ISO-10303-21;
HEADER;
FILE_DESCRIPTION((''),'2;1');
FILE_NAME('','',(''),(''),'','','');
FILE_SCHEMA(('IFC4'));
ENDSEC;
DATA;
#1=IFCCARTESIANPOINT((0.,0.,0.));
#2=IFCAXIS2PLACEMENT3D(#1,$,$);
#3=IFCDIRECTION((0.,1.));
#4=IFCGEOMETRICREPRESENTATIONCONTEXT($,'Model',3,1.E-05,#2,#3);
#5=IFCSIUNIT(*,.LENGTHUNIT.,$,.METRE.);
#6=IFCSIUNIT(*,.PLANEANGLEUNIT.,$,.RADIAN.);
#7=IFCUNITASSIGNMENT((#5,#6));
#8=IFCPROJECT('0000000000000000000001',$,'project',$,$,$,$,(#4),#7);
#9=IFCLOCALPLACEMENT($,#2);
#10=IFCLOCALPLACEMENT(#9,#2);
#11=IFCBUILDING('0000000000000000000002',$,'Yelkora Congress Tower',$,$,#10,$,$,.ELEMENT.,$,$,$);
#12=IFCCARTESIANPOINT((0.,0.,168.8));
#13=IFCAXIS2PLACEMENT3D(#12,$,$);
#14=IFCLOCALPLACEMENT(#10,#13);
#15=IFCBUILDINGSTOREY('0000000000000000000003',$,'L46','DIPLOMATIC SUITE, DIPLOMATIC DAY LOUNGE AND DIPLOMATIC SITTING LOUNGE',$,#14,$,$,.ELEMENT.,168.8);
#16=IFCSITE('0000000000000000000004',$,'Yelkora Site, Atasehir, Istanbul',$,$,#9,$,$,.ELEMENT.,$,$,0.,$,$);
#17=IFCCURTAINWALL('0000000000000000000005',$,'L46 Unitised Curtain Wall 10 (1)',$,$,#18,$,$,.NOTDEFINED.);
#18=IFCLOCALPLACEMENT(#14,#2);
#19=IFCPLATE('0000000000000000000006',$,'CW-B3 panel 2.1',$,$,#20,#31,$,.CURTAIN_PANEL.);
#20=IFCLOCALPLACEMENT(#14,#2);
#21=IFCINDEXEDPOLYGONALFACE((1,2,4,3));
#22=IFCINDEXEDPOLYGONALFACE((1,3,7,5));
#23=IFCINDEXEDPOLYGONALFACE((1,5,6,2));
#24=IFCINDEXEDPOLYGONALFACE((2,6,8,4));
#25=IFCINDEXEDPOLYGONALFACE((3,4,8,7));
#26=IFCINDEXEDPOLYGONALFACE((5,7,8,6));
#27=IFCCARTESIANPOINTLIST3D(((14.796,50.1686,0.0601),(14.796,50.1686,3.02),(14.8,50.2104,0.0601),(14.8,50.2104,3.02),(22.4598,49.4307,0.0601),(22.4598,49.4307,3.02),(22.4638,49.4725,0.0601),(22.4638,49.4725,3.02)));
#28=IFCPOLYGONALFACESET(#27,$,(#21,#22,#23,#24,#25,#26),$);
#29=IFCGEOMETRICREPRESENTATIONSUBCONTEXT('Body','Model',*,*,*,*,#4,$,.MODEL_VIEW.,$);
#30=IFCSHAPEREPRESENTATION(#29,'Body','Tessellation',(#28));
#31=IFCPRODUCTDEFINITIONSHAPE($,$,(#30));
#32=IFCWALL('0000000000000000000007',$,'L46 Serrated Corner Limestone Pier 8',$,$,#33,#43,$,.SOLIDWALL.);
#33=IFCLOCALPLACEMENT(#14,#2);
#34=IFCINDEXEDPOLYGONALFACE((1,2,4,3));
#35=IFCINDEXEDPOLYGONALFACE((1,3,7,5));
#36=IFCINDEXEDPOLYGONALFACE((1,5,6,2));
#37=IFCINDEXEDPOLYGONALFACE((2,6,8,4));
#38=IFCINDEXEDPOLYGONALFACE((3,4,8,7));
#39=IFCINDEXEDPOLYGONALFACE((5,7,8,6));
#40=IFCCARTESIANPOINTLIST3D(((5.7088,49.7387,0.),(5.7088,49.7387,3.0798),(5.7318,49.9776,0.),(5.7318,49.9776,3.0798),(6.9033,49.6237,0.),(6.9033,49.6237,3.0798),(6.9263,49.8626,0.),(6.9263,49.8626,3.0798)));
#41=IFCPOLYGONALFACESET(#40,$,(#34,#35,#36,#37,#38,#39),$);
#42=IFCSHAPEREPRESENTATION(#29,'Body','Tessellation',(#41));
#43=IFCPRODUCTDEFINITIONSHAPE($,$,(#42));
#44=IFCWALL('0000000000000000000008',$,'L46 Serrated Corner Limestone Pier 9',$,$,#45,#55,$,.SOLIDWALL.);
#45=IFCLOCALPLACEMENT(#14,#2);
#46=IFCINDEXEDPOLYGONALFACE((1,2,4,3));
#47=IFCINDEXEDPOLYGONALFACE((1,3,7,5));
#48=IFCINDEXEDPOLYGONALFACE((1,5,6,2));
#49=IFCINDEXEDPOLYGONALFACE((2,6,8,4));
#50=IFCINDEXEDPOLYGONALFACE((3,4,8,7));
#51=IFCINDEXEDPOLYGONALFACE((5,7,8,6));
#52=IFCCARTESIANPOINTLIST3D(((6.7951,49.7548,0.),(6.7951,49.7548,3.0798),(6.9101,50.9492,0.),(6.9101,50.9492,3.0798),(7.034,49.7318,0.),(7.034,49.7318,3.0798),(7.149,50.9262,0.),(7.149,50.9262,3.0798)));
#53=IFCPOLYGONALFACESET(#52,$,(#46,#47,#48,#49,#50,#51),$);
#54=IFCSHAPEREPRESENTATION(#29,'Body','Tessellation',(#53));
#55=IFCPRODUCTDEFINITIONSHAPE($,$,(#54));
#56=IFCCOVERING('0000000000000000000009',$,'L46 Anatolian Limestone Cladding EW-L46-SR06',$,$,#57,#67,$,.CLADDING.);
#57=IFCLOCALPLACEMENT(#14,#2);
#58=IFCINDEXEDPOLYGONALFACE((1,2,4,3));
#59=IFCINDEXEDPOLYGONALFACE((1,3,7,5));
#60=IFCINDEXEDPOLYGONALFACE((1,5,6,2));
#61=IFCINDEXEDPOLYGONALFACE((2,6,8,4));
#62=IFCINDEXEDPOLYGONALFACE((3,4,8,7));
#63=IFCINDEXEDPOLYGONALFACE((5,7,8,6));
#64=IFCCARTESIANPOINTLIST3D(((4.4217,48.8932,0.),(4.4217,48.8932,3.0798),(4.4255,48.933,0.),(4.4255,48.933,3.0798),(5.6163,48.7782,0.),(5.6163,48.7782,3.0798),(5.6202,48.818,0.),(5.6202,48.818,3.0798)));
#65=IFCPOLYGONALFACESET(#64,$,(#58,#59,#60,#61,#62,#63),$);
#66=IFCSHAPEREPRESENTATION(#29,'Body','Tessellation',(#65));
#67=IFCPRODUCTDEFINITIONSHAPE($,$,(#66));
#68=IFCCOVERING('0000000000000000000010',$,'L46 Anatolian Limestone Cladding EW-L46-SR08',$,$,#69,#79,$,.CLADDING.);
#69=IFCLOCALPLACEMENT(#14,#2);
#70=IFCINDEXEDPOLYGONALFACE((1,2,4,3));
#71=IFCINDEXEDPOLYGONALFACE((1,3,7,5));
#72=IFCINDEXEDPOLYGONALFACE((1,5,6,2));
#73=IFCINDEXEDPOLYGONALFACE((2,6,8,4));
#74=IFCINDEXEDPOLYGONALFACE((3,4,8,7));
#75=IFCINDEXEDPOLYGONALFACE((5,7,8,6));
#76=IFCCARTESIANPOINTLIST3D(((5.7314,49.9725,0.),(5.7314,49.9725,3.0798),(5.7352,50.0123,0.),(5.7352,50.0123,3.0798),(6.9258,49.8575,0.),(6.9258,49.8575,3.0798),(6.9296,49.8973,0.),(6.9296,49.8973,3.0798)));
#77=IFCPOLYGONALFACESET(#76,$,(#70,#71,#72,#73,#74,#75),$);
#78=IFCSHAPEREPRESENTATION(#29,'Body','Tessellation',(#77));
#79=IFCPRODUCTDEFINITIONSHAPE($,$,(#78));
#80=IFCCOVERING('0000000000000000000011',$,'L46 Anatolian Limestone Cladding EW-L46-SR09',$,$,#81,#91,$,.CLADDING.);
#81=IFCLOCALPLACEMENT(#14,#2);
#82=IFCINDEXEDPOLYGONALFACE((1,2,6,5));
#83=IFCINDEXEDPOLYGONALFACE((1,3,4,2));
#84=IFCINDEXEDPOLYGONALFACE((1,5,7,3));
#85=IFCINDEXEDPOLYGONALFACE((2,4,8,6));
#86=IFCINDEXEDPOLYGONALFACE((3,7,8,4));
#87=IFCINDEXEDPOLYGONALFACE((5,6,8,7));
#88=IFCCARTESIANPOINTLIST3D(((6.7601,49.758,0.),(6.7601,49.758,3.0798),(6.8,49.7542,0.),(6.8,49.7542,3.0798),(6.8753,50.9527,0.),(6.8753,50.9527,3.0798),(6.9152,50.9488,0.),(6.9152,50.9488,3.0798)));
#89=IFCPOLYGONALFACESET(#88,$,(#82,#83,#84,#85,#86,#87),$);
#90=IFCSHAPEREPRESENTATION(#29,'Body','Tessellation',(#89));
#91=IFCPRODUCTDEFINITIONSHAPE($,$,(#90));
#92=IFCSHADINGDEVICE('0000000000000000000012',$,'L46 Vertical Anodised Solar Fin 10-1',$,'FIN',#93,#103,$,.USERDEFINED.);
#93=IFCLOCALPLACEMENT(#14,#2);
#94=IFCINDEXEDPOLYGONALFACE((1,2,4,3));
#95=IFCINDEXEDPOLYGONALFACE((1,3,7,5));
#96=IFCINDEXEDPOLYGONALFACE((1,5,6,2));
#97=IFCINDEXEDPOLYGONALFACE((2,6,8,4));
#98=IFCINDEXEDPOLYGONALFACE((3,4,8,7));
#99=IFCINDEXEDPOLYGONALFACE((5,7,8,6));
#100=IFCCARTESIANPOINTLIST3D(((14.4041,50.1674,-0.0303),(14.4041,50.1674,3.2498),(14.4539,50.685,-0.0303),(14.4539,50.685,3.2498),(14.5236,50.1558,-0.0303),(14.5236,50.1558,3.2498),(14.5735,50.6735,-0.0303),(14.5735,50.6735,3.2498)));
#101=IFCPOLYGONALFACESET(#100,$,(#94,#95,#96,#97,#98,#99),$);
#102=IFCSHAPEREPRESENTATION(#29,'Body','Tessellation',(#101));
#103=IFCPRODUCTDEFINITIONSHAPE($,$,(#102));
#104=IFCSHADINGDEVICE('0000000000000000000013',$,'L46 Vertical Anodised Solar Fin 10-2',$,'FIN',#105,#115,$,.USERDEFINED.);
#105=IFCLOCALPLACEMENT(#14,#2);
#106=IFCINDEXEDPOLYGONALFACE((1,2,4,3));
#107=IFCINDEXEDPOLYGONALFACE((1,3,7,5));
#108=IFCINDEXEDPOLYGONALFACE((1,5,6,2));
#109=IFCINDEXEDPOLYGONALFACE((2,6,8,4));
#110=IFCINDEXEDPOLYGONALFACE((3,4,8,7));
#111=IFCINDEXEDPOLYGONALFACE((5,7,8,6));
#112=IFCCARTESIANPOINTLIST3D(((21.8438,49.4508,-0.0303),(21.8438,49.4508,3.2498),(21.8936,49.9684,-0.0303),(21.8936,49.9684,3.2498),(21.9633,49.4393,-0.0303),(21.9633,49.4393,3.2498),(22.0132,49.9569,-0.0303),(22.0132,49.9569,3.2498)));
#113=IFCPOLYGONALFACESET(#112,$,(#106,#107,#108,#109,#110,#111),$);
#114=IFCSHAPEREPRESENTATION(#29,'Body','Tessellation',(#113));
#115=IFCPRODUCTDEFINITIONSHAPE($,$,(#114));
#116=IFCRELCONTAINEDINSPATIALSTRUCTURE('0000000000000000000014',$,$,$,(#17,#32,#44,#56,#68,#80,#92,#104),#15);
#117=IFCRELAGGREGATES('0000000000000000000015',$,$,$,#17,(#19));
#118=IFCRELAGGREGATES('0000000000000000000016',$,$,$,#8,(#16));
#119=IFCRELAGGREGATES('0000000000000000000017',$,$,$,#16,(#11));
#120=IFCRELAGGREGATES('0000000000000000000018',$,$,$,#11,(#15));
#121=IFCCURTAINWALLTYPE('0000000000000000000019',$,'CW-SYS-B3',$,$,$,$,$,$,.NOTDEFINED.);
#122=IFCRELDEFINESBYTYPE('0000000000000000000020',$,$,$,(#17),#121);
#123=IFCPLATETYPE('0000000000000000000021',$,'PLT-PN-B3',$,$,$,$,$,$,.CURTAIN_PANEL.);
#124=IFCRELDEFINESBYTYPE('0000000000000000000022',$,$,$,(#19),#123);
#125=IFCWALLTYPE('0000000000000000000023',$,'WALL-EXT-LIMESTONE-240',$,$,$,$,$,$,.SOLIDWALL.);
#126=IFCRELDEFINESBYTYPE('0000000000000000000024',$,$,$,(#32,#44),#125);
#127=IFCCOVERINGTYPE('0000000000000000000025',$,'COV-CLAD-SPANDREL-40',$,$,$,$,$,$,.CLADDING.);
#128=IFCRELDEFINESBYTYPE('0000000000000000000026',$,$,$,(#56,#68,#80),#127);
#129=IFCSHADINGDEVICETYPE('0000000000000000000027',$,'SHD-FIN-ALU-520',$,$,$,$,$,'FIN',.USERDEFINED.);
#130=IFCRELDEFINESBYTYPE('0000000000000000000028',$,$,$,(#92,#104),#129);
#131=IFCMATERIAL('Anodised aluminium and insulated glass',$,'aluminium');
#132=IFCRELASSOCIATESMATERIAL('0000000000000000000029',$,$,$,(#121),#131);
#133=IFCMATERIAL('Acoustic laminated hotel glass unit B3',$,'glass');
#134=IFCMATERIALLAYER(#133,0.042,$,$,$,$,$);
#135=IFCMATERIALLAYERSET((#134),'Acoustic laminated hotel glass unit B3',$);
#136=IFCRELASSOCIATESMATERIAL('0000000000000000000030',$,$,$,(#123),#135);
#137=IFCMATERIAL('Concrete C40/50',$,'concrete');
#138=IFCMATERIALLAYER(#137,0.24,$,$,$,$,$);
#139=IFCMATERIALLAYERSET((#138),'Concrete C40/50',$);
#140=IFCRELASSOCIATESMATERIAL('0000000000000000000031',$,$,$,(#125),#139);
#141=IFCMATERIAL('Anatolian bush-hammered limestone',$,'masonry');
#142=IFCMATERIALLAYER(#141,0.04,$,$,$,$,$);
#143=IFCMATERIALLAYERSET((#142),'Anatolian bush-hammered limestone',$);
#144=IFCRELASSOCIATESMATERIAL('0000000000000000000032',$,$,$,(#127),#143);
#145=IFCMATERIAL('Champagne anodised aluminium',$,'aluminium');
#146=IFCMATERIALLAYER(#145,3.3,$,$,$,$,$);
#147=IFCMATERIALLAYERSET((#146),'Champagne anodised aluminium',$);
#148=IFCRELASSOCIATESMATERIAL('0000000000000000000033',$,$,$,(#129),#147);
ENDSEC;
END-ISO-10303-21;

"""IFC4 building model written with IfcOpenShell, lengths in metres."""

from ifc_helpers import new_model, si_unit, direction, frame, frame_2d, origin, origin_2d, place, context, subcontext, project, spatial, rectangle, extrude, material, layer, layer_set, type_object, element, aggregate, save


model = new_model("IFC4")

# Units and contexts
model_context = context("Model", 3, precision=1e-05, world=origin(), true_north=direction((0.0, 1.0)))
body_context = subcontext(model_context, "Body", "Model", "MODEL_VIEW")
ifc_project = project(units=[si_unit("LENGTHUNIT", "METRE"), si_unit("PLANEANGLEUNIT", "RADIAN")], contexts=[model_context])

# Site, building, storey
site_placement = place(None, origin())
site = spatial("IfcSite", under=ifc_project, at=site_placement, Name="Yelkora Site, Atasehir, Istanbul", CompositionType="ELEMENT", RefElevation=0.0)
building_placement = place(site_placement, origin())
building = spatial("IfcBuilding", under=site, at=building_placement, Name="Yelkora Congress Tower", CompositionType="ELEMENT")
storey_placement = place(building_placement, frame((0.0, 0.0, 168.8)))
storey = spatial("IfcBuildingStorey", under=building, at=storey_placement, Name="L46", Description="DIPLOMATIC SUITE, DIPLOMATIC DAY LOUNGE AND DIPLOMATIC SITTING LOUNGE", CompositionType="ELEMENT", Elevation=168.8)

# Curtain wall, plate
ifc_material_1 = material(Name="Anodised aluminium and insulated glass", Category="aluminium")
curtain_wall_type = type_object("IfcCurtainWallType", Name="CW-SYS-B3", PredefinedType="NOTDEFINED", material=ifc_material_1)
curtain_wall_placement = place(storey_placement, origin())
curtain_wall = element("IfcCurtainWall", 1, at=curtain_wall_placement, inside=storey, type_object=curtain_wall_type, Name="L46 Unitised Curtain Wall 10 (1)", PredefinedType="NOTDEFINED")
ifc_material_2 = material(Name="Acoustic laminated hotel glass unit B3", Category="glass")
ifc_layer_1 = layer(ifc_material_2, 0.042)
ifc_layer_set_1 = layer_set([ifc_layer_1], Name="Acoustic laminated hotel glass unit B3")
plate_type = type_object("IfcPlateType", Name="PLT-PN-B3", PredefinedType="CURTAIN_PANEL", material=ifc_layer_set_1)
plate_1_placement = place(storey_placement, frame((18.6299, 49.8206, 0.0601), z_axis=(0.0, 0.0, 1.0), x_axis=(0.995396, -0.095845, 0.0)))
plate_1 = element("IfcPlate", 2, at=plate_1_placement, type_object=plate_type, Name="CW-B3 panel 2.1", PredefinedType="CURTAIN_PANEL", context=body_context, shape_type="SweptSolid", body=[
    extrude(rectangle(XDim=7.6992, YDim=0.042, at=origin_2d()), origin(), (0.0, 0.0, 1.0), 2.96),
])
aggregate(curtain_wall, [plate_1])

# Walls
ifc_material_3 = material(Name="Concrete C40/50", Category="concrete")
ifc_layer_2 = layer(ifc_material_3, 0.24)
ifc_layer_set_2 = layer_set([ifc_layer_2], Name="Concrete C40/50")
wall_type = type_object("IfcWallType", Name="WALL-EXT-LIMESTONE-240", PredefinedType="SOLIDWALL", material=ifc_layer_set_2)
for number, where, z_axis, x_axis, name in (
    (3, (5.7202, 49.8582, 0.0), (0.0, 0.0, 1.0), (0.995397, -0.095836, 0.0), "L46 Serrated Corner Limestone Pier 8"),
    (4, (6.9146, 49.7432, 0.0), (0.0, 0.0, 1.0), (0.095836, 0.995397, 0.0), "L46 Serrated Corner Limestone Pier 9"),
):
    element("IfcWall", number, at=place(storey_placement, frame(where, z_axis=z_axis, x_axis=x_axis)), inside=storey, type_object=wall_type, Name=name, PredefinedType="SOLIDWALL", context=body_context, shape_type="SweptSolid", body=[
        extrude(rectangle(XDim=1.2, YDim=0.24, at=frame_2d((0.6001, 0.0))), origin(), (0.0, 0.0, 1.0), 3.0798),
    ])

# Coverings
ifc_material_4 = material(Name="Anatolian bush-hammered limestone", Category="masonry")
ifc_layer_3 = layer(ifc_material_4, 0.04)
ifc_layer_set_3 = layer_set([ifc_layer_3], Name="Anatolian bush-hammered limestone")
covering_type = type_object("IfcCoveringType", Name="COV-CLAD-SPANDREL-40", PredefinedType="CLADDING", material=ifc_layer_set_3)
covering_1_placement = place(storey_placement, frame((4.4236, 48.9131, 0.0), z_axis=(0.0, 0.0, 1.0), x_axis=(0.995399, -0.095817, 0.0)))
element("IfcCovering", 5, at=covering_1_placement, inside=storey, type_object=covering_type, Name="L46 Anatolian Limestone Cladding EW-L46-SR06", PredefinedType="CLADDING", context=body_context, shape_type="SweptSolid", body=[
    extrude(rectangle(XDim=1.2002, YDim=0.04, at=frame_2d((0.6001, 0.0))), origin(), (0.0, 0.0, 1.0), 3.0798),
])
covering_2_placement = place(storey_placement, frame((5.7332, 49.9924, 0.0), z_axis=(0.0, 0.0, 1.0), x_axis=(0.995397, -0.095836, 0.0)))
element("IfcCovering", 6, at=covering_2_placement, inside=storey, type_object=covering_type, Name="L46 Anatolian Limestone Cladding EW-L46-SR08", PredefinedType="CLADDING", context=body_context, shape_type="SweptSolid", body=[
    extrude(rectangle(XDim=1.2, YDim=0.04, at=frame_2d((0.6001, 0.0))), origin(), (0.0, 0.0, 1.0), 3.0798),
])
covering_3_placement = place(storey_placement, frame((6.78, 49.7561, 0.0), z_axis=(0.0, 0.0, 1.0), x_axis=(0.096019, 0.99538, 0.0)))
element("IfcCovering", 7, at=covering_3_placement, inside=storey, type_object=covering_type, Name="L46 Anatolian Limestone Cladding EW-L46-SR09", PredefinedType="CLADDING", context=body_context, shape_type="SweptSolid", body=[
    extrude(rectangle(XDim=1.2002, YDim=0.04, at=frame_2d((0.6001, 0.0))), origin(), (0.0, 0.0, 1.0), 3.0798),
])

# Shading devices
ifc_material_5 = material(Name="Champagne anodised aluminium", Category="aluminium")
ifc_layer_4 = layer(ifc_material_5, 3.3)
ifc_layer_set_4 = layer_set([ifc_layer_4], Name="Champagne anodised aluminium")
shading_device_type = type_object("IfcShadingDeviceType", Name="SHD-FIN-ALU-520", ElementType="FIN", PredefinedType="USERDEFINED", material=ifc_layer_set_4)
for number, where, z_axis, x_axis, name in (
    (8, (14.4888, 50.4204, -0.0303), (0.0, 0.0, 1.0), (0.995396, -0.095846, 0.0), "L46 Vertical Anodised Solar Fin 10-1"),
    (9, (21.9285, 49.7039, -0.0303), (0.0, 0.0, 1.0), (0.995396, -0.095846, 0.0), "L46 Vertical Anodised Solar Fin 10-2"),
):
    element("IfcShadingDevice", number, at=place(storey_placement, frame(where, z_axis=z_axis, x_axis=x_axis)), inside=storey, type_object=shading_device_type, Name=name, ObjectType="FIN", PredefinedType="USERDEFINED", context=body_context, shape_type="SweptSolid", body=[
        extrude(rectangle(XDim=0.1201, YDim=0.52, at=origin_2d()), origin(), (0.0, 0.0, 1.0), 3.28),
    ])

save(model, "model.ifc")
